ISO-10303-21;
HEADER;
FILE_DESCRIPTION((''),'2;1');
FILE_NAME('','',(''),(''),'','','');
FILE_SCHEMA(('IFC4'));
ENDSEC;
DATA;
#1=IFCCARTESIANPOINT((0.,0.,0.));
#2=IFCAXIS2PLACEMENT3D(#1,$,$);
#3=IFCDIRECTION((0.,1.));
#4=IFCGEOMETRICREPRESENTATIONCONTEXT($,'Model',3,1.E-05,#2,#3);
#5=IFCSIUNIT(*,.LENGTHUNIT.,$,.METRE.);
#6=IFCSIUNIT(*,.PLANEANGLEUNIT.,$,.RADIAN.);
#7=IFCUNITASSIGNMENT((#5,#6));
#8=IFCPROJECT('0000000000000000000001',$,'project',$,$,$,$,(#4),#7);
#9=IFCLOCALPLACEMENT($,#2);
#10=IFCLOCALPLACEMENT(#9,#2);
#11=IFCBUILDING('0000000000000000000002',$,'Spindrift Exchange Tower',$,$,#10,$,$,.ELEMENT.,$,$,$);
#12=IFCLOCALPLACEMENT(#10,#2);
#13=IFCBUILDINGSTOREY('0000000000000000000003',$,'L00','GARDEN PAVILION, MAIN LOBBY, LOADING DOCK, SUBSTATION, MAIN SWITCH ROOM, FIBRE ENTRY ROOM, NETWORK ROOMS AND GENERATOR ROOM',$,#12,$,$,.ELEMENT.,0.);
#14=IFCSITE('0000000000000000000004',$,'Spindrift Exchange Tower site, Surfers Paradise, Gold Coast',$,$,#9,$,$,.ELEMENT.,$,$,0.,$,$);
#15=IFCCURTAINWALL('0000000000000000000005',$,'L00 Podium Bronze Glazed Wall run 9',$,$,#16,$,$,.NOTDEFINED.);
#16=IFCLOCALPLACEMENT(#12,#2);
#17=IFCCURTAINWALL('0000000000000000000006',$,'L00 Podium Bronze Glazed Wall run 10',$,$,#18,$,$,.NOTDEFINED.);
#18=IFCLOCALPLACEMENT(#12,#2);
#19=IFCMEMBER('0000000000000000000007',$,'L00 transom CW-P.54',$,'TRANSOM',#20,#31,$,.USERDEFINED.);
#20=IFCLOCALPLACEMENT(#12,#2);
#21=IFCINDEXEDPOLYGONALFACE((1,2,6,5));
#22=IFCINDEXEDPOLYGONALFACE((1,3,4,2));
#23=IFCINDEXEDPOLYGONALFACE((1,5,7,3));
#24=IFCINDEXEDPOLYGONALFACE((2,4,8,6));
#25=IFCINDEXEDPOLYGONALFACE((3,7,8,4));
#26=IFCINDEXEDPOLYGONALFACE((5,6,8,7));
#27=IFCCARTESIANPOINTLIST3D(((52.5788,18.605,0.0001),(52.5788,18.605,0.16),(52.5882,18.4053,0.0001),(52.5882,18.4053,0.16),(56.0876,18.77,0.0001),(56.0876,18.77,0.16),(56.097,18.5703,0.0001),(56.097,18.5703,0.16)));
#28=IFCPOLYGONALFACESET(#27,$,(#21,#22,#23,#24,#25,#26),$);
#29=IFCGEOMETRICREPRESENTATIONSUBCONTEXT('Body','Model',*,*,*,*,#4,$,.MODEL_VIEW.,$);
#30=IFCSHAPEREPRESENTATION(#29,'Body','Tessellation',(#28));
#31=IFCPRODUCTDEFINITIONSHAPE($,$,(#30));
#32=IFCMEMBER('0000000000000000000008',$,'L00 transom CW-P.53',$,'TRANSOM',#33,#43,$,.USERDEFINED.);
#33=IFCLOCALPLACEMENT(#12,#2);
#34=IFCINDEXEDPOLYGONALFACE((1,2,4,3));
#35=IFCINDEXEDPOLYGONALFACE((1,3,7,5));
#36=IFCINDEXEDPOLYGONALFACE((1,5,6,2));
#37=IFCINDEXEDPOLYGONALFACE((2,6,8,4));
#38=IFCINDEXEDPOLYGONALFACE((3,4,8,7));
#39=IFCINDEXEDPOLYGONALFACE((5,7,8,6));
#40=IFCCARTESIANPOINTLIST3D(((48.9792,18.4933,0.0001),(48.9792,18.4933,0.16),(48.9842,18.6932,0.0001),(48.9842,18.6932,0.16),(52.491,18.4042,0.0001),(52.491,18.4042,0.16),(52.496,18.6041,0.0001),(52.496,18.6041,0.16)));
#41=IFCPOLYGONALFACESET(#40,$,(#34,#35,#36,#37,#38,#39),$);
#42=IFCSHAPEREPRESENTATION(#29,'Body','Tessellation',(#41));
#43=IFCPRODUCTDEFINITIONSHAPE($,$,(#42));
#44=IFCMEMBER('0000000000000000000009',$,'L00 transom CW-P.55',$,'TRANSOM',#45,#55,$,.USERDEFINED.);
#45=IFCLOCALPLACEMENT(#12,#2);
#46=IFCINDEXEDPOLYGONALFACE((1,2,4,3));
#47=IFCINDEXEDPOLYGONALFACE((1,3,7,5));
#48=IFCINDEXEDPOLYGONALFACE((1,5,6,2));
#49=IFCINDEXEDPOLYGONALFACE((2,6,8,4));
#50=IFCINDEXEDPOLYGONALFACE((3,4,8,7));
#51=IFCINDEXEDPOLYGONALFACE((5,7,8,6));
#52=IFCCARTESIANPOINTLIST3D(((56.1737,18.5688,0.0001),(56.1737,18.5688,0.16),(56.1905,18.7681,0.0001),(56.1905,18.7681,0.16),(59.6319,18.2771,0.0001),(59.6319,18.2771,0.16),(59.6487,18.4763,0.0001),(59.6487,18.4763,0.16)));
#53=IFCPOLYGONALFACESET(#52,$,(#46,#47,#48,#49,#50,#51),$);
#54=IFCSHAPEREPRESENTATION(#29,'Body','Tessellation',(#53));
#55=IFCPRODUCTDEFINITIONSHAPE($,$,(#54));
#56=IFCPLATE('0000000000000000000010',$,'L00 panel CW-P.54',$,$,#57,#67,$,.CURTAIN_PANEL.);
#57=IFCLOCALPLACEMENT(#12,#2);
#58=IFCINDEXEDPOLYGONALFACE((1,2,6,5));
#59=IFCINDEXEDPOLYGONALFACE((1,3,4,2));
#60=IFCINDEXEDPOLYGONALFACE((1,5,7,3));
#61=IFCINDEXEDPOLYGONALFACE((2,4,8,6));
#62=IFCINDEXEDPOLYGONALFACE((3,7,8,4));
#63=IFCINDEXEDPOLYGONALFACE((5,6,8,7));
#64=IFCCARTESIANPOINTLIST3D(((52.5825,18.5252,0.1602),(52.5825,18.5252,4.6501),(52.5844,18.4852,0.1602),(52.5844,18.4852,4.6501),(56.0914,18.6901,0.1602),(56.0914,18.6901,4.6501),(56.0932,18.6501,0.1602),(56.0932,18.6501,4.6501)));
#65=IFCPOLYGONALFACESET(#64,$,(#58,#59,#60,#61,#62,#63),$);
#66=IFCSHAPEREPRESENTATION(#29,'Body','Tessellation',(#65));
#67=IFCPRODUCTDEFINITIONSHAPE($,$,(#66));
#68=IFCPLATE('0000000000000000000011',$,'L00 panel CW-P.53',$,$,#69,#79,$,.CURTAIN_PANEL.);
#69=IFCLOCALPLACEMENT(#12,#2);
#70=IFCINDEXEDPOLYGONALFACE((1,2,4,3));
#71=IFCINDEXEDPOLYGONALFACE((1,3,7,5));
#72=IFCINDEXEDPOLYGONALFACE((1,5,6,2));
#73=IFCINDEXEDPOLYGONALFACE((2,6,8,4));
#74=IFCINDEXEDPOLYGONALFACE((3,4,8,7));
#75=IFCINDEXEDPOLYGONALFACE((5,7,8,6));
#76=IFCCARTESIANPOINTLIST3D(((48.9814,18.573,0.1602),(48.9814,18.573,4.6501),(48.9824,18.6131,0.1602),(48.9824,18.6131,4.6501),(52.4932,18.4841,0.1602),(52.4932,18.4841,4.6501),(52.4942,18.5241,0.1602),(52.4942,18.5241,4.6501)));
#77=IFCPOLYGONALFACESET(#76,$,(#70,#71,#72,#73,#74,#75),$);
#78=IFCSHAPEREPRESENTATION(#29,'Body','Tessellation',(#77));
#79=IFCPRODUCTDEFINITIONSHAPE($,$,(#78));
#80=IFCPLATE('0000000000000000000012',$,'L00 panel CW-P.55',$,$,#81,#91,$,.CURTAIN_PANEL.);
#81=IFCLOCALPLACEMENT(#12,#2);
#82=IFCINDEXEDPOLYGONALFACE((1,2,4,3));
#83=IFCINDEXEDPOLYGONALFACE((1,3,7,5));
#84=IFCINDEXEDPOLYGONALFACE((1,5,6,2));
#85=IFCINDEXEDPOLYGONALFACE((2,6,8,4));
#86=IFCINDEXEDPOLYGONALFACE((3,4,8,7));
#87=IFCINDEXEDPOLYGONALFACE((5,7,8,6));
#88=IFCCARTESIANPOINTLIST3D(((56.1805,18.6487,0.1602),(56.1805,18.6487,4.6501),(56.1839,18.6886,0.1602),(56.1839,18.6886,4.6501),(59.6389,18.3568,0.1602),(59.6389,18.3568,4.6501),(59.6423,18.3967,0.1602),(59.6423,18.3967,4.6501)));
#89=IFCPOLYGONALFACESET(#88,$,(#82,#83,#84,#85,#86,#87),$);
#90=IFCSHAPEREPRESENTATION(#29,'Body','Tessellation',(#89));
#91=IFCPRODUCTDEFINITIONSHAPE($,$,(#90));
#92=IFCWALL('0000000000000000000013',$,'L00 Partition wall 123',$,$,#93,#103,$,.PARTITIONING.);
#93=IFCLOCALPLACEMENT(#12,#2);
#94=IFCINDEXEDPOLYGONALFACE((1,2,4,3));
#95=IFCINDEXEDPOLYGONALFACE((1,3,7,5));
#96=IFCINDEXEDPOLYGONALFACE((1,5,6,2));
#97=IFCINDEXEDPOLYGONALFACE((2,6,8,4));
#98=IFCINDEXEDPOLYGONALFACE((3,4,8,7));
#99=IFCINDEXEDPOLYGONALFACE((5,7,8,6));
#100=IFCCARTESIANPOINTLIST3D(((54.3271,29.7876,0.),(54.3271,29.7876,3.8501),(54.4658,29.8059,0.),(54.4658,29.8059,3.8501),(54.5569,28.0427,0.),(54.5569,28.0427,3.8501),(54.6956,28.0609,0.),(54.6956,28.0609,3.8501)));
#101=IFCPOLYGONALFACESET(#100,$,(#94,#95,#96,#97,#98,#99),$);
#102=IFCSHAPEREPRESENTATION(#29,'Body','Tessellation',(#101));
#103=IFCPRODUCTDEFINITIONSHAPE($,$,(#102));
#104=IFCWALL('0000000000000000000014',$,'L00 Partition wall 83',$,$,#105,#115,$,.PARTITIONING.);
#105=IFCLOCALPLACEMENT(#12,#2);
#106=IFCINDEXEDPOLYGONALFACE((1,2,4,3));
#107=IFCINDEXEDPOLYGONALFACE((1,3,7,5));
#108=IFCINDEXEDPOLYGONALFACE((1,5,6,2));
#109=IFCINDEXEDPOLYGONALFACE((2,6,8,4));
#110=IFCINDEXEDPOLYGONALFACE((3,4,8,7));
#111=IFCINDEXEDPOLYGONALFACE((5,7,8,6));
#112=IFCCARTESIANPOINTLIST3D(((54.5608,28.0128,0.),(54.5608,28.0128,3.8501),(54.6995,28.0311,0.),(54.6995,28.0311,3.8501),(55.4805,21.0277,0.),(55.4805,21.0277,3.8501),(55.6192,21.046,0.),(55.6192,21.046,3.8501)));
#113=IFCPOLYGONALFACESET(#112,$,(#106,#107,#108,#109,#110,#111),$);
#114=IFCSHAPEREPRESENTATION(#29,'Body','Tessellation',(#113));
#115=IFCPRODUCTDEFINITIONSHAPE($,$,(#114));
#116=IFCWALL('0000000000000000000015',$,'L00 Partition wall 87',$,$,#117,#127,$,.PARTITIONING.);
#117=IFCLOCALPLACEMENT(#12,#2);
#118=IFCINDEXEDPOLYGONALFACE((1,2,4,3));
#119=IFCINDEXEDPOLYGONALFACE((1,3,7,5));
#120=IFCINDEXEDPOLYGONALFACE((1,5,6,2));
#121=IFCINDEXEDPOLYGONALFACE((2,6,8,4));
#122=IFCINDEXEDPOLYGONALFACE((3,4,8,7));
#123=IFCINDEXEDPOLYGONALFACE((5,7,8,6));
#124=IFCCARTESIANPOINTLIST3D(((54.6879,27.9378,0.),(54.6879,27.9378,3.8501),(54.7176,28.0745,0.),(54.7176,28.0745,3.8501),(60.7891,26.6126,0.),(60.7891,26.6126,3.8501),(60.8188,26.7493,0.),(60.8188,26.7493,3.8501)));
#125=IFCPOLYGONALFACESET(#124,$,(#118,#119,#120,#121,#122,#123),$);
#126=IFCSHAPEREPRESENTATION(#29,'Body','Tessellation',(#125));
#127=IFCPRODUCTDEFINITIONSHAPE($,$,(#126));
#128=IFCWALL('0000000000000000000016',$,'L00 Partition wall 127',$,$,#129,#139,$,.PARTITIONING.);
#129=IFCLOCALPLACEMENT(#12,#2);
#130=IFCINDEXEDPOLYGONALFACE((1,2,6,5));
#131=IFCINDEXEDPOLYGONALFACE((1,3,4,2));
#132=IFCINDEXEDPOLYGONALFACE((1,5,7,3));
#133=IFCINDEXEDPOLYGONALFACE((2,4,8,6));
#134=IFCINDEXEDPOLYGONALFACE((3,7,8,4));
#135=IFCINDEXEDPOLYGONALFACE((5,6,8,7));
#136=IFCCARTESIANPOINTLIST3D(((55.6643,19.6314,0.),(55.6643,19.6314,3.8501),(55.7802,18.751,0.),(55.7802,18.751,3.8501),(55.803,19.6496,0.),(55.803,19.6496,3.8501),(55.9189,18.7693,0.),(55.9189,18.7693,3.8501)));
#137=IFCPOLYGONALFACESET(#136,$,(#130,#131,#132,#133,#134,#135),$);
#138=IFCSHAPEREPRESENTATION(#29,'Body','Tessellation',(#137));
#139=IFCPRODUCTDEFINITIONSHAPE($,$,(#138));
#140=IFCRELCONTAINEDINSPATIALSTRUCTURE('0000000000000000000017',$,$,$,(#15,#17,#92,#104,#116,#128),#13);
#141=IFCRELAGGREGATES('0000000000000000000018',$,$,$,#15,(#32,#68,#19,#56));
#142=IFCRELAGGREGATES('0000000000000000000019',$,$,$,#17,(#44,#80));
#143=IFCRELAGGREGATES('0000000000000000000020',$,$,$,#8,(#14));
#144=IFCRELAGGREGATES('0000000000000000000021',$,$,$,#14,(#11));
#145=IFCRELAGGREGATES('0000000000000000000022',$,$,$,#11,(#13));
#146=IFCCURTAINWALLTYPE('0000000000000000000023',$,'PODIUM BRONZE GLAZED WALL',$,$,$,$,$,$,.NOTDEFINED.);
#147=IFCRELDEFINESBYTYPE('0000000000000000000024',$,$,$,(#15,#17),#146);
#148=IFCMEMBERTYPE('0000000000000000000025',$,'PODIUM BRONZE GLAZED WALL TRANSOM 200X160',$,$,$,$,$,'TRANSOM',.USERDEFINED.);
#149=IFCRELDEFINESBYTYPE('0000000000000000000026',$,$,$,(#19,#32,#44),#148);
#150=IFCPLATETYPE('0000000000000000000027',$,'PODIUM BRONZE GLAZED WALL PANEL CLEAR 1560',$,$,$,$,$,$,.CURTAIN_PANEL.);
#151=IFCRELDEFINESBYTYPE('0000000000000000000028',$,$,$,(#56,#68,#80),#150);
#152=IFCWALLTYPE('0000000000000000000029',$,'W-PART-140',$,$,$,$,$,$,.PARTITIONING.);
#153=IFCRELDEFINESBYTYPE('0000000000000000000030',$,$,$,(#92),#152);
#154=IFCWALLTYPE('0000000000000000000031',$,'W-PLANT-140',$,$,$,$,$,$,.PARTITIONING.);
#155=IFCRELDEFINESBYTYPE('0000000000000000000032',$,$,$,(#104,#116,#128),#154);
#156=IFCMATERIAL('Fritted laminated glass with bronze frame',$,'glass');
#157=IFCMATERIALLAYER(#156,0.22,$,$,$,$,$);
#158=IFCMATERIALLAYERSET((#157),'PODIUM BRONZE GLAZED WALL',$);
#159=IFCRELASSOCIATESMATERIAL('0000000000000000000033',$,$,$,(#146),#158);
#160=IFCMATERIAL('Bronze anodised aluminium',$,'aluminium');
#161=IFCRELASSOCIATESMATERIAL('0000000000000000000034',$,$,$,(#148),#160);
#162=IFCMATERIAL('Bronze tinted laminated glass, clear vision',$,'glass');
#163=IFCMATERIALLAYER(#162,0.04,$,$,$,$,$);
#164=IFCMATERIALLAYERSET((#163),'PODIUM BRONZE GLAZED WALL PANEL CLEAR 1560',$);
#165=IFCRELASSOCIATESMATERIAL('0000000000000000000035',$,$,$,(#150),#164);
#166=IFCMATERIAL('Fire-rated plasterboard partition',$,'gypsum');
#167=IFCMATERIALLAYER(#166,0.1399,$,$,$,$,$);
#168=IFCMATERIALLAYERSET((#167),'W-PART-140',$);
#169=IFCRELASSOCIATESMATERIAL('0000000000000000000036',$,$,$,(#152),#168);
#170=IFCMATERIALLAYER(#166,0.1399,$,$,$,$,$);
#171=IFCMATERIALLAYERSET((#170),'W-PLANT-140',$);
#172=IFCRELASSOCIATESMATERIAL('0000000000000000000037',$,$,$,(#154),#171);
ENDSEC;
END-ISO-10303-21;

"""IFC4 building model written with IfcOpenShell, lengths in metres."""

from ifc_helpers import new_model, si_unit, direction, frame, frame_2d, origin, origin_2d, place, context, subcontext, project, spatial, rectangle, extrude, source, transform, mapped, material, layer, layer_set, material_profile, profile_set, type_object, element, aggregate, save


model = new_model("IFC4")

# Units and contexts
model_context = context("Model", 3, precision=1e-05, world=origin(), true_north=direction((0.0, 1.0)))
body_context = subcontext(model_context, "Body", "Model", "MODEL_VIEW")
ifc_project = project(units=[si_unit("LENGTHUNIT", "METRE"), si_unit("PLANEANGLEUNIT", "RADIAN")], contexts=[model_context])

# Site, building, storey
site_placement = place(None, origin())
site = spatial("IfcSite", under=ifc_project, at=site_placement, Name="Spindrift Exchange Tower site, Surfers Paradise, Gold Coast", CompositionType="ELEMENT", RefElevation=0.0)
building_placement = place(site_placement, origin())
building = spatial("IfcBuilding", under=site, at=building_placement, Name="Spindrift Exchange Tower", CompositionType="ELEMENT")
storey_placement = place(building_placement, origin())
storey = spatial("IfcBuildingStorey", under=building, at=storey_placement, Name="L00", Description="GARDEN PAVILION, MAIN LOBBY, LOADING DOCK, SUBSTATION, MAIN SWITCH ROOM, FIBRE ENTRY ROOM, NETWORK ROOMS AND GENERATOR ROOM", CompositionType="ELEMENT", Elevation=0.0)

# Curtain walls
ifc_material_1 = material(Name="Fritted laminated glass with bronze frame", Category="glass")
ifc_layer_1 = layer(ifc_material_1, 0.22)
ifc_layer_set_1 = layer_set([ifc_layer_1], Name="PODIUM BRONZE GLAZED WALL")
curtain_wall_type = type_object("IfcCurtainWallType", Name="PODIUM BRONZE GLAZED WALL", PredefinedType="NOTDEFINED", material=ifc_layer_set_1)
curtain_wall_1_placement = place(storey_placement, origin())
curtain_wall_1 = element("IfcCurtainWall", 1, at=curtain_wall_1_placement, inside=storey, type_object=curtain_wall_type, Name="L00 Podium Bronze Glazed Wall run 9", PredefinedType="NOTDEFINED")
ifc_material_2 = material(Name="Bronze anodised aluminium", Category="aluminium")
curtain_wall_2_placement = place(storey_placement, origin())
curtain_wall_2 = element("IfcCurtainWall", 2, at=curtain_wall_2_placement, inside=storey, type_object=curtain_wall_type, Name="L00 Podium Bronze Glazed Wall run 10", PredefinedType="NOTDEFINED")

# Members
ifc_material_profile_1 = material_profile(ifc_material_2, rectangle(XDim=0.2, YDim=0.1599, at=origin_2d()), Name="PODIUM BRONZE GLAZED WALL TRANSOM 200X160")
ifc_profile_set_1 = profile_set([ifc_material_profile_1], Name="Bronze anodised aluminium")
member_type_1 = type_object("IfcMemberType", Name="PODIUM BRONZE GLAZED WALL TRANSOM 200X160", ElementType="TRANSOM", PredefinedType="USERDEFINED", material=ifc_profile_set_1)
shared_shape_1 = source(origin(), body_context, "Body", "SweptSolid", [
    extrude(rectangle(XDim=0.2, YDim=0.1599, at=origin_2d()), origin(), (0.0, 0.0, 1.0), 3.5127),
])
member_1_placement = place(storey_placement, frame((52.5835, 18.5051, 0.0801), z_axis=(0.998896, 0.046984, 0.0), x_axis=(-0.046984, 0.998896, 0.0)))
member_1 = element("IfcMember", 3, at=member_1_placement, type_object=member_type_1, Name="L00 transom CW-P.54", ObjectType="TRANSOM", PredefinedType="USERDEFINED", context=body_context, shape_type="MappedRepresentation", body=[
    mapped(shared_shape_1, transform((0.0, 0.0, 0.0), scale=1.0)),
])
shared_shape_2 = source(origin(), body_context, "Body", "SweptSolid", [
    extrude(rectangle(XDim=0.2, YDim=0.1599, at=origin_2d()), origin(), (0.0, 0.0, 1.0), 3.5129),
])
member_2_placement = place(storey_placement, frame((48.9817, 18.5933, 0.0801), z_axis=(0.999678, -0.025367, 0.0), x_axis=(0.025367, 0.999678, 0.0)))
member_2 = element("IfcMember", 4, at=member_2_placement, type_object=member_type_1, Name="L00 transom CW-P.53", ObjectType="TRANSOM", PredefinedType="USERDEFINED", context=body_context, shape_type="MappedRepresentation", body=[
    mapped(shared_shape_2, transform((0.0, 0.0, 0.0), scale=1.0)),
])
shared_shape_3 = source(origin(), body_context, "Body", "SweptSolid", [
    extrude(rectangle(XDim=0.2, YDim=0.1599, at=origin_2d()), origin(), (0.0, 0.0, 1.0), 3.4705),
])
member_3_placement = place(storey_placement, frame((56.1821, 18.6685, 0.0801), z_axis=(0.99646, -0.084064, 0.0), x_axis=(0.084064, 0.99646, 0.0)))
member_3 = element("IfcMember", 5, at=member_3_placement, type_object=member_type_1, Name="L00 transom CW-P.55", ObjectType="TRANSOM", PredefinedType="USERDEFINED", context=body_context, shape_type="MappedRepresentation", body=[
    mapped(shared_shape_3, transform((0.0, 0.0, 0.0), scale=1.0)),
])

# Plates
ifc_material_3 = material(Name="Bronze tinted laminated glass, clear vision", Category="glass")
ifc_layer_2 = layer(ifc_material_3, 0.04)
ifc_layer_set_2 = layer_set([ifc_layer_2], Name="PODIUM BRONZE GLAZED WALL PANEL CLEAR 1560")
plate_type = type_object("IfcPlateType", Name="PODIUM BRONZE GLAZED WALL PANEL CLEAR 1560", PredefinedType="CURTAIN_PANEL", material=ifc_layer_set_2)
shared_shape_4 = source(origin(), body_context, "Body", "SweptSolid", [
    extrude(rectangle(XDim=3.5127, YDim=0.04, at=origin_2d()), origin(), (0.0, 0.0, 1.0), 4.49),
])
plate_1_placement = place(storey_placement, frame((54.3379, 18.5876, 0.1602), z_axis=(0.0, 0.0, 1.0), x_axis=(0.998897, 0.046963, 0.0)))
plate_1 = element("IfcPlate", 6, at=plate_1_placement, type_object=plate_type, Name="L00 panel CW-P.54", PredefinedType="CURTAIN_PANEL", context=body_context, shape_type="MappedRepresentation", body=[
    mapped(shared_shape_4, transform((0.0, 0.0, 0.0), scale=1.0)),
])
shared_shape_5 = source(origin(), body_context, "Body", "SweptSolid", [
    extrude(rectangle(XDim=3.5129, YDim=0.04, at=origin_2d()), origin(), (0.0, 0.0, 1.0), 4.49),
])
plate_2_placement = place(storey_placement, frame((50.7378, 18.5486, 0.1602), z_axis=(0.0, 0.0, 1.0), x_axis=(0.99968, -0.025313, 0.0)))
plate_2 = element("IfcPlate", 7, at=plate_2_placement, type_object=plate_type, Name="L00 panel CW-P.53", PredefinedType="CURTAIN_PANEL", context=body_context, shape_type="MappedRepresentation", body=[
    mapped(shared_shape_5, transform((0.0, 0.0, 0.0), scale=1.0)),
])
aggregate(curtain_wall_1, [member_2, plate_2, member_1, plate_1])
shared_shape_6 = source(origin(), body_context, "Body", "SweptSolid", [
    extrude(rectangle(XDim=3.4707, YDim=0.04, at=origin_2d()), origin(), (0.0, 0.0, 1.0), 4.49),
])
plate_3_placement = place(storey_placement, frame((57.9114, 18.5227, 0.1602), z_axis=(0.0, 0.0, 1.0), x_axis=(0.996458, -0.084087, 0.0)))
plate_3 = element("IfcPlate", 8, at=plate_3_placement, type_object=plate_type, Name="L00 panel CW-P.55", PredefinedType="CURTAIN_PANEL", context=body_context, shape_type="MappedRepresentation", body=[
    mapped(shared_shape_6, transform((0.0, 0.0, 0.0), scale=1.0)),
])
aggregate(curtain_wall_2, [member_3, plate_3])

# Walls
ifc_material_4 = material(Name="Fire-rated plasterboard partition", Category="gypsum")
ifc_layer_3 = layer(ifc_material_4, 0.1399)
ifc_layer_set_3 = layer_set([ifc_layer_3], Name="W-PART-140")
wall_type_1 = type_object("IfcWallType", Name="W-PART-140", PredefinedType="PARTITIONING", material=ifc_layer_set_3)
wall_1_placement = place(storey_placement, frame((54.3965, 29.7966, 0.0), z_axis=(0.0, 0.0, 1.0), x_axis=(0.130537, -0.991443, 0.0)))
element("IfcWall", 9, at=wall_1_placement, inside=storey, type_object=wall_type_1, Name="L00 Partition wall 123", PredefinedType="PARTITIONING", context=body_context, shape_type="SweptSolid", body=[
    extrude(rectangle(XDim=1.76, YDim=0.1399, at=frame_2d((0.8799, 0.0))), origin(), (0.0, 0.0, 1.0), 3.8501),
])
ifc_layer_4 = layer(ifc_material_4, 0.1399)
ifc_layer_set_4 = layer_set([ifc_layer_4], Name="W-PLANT-140")
wall_type_2 = type_object("IfcWallType", Name="W-PLANT-140", PredefinedType="PARTITIONING", material=ifc_layer_set_4)
wall_2_placement = place(storey_placement, frame((54.6301, 28.022, 0.0), z_axis=(0.0, 0.0, 1.0), x_axis=(0.130536, -0.991444, 0.0)))
element("IfcWall", 10, at=wall_2_placement, inside=storey, type_object=wall_type_2, Name="L00 Partition wall 83", PredefinedType="PARTITIONING", context=body_context, shape_type="SweptSolid", body=[
    extrude(rectangle(XDim=7.0454, YDim=0.1399, at=frame_2d((3.5227, 0.0))), origin(), (0.0, 0.0, 1.0), 3.8501),
])
wall_3_placement = place(storey_placement, frame((54.7029, 28.0061, 0.0), z_axis=(0.0, 0.0, 1.0), x_axis=(0.977214, -0.212258, 0.0)))
element("IfcWall", 11, at=wall_3_placement, inside=storey, type_object=wall_type_2, Name="L00 Partition wall 87", PredefinedType="PARTITIONING", context=body_context, shape_type="SweptSolid", body=[
    extrude(rectangle(XDim=6.2434, YDim=0.1399, at=frame_2d((3.1216, 0.0))), origin(), (0.0, 0.0, 1.0), 3.8501),
])
wall_4_placement = place(storey_placement, frame((55.7336, 19.6404, 0.0), z_axis=(0.0, 0.0, 1.0), x_axis=(0.130597, -0.991436, 0.0)))
element("IfcWall", 12, at=wall_4_placement, inside=storey, type_object=wall_type_2, Name="L00 Partition wall 127", PredefinedType="PARTITIONING", context=body_context, shape_type="SweptSolid", body=[
    extrude(rectangle(XDim=0.8879, YDim=0.1399, at=frame_2d((0.4438, 0.0))), origin(), (0.0, 0.0, 1.0), 3.8501),
])

save(model, "model.ifc")
